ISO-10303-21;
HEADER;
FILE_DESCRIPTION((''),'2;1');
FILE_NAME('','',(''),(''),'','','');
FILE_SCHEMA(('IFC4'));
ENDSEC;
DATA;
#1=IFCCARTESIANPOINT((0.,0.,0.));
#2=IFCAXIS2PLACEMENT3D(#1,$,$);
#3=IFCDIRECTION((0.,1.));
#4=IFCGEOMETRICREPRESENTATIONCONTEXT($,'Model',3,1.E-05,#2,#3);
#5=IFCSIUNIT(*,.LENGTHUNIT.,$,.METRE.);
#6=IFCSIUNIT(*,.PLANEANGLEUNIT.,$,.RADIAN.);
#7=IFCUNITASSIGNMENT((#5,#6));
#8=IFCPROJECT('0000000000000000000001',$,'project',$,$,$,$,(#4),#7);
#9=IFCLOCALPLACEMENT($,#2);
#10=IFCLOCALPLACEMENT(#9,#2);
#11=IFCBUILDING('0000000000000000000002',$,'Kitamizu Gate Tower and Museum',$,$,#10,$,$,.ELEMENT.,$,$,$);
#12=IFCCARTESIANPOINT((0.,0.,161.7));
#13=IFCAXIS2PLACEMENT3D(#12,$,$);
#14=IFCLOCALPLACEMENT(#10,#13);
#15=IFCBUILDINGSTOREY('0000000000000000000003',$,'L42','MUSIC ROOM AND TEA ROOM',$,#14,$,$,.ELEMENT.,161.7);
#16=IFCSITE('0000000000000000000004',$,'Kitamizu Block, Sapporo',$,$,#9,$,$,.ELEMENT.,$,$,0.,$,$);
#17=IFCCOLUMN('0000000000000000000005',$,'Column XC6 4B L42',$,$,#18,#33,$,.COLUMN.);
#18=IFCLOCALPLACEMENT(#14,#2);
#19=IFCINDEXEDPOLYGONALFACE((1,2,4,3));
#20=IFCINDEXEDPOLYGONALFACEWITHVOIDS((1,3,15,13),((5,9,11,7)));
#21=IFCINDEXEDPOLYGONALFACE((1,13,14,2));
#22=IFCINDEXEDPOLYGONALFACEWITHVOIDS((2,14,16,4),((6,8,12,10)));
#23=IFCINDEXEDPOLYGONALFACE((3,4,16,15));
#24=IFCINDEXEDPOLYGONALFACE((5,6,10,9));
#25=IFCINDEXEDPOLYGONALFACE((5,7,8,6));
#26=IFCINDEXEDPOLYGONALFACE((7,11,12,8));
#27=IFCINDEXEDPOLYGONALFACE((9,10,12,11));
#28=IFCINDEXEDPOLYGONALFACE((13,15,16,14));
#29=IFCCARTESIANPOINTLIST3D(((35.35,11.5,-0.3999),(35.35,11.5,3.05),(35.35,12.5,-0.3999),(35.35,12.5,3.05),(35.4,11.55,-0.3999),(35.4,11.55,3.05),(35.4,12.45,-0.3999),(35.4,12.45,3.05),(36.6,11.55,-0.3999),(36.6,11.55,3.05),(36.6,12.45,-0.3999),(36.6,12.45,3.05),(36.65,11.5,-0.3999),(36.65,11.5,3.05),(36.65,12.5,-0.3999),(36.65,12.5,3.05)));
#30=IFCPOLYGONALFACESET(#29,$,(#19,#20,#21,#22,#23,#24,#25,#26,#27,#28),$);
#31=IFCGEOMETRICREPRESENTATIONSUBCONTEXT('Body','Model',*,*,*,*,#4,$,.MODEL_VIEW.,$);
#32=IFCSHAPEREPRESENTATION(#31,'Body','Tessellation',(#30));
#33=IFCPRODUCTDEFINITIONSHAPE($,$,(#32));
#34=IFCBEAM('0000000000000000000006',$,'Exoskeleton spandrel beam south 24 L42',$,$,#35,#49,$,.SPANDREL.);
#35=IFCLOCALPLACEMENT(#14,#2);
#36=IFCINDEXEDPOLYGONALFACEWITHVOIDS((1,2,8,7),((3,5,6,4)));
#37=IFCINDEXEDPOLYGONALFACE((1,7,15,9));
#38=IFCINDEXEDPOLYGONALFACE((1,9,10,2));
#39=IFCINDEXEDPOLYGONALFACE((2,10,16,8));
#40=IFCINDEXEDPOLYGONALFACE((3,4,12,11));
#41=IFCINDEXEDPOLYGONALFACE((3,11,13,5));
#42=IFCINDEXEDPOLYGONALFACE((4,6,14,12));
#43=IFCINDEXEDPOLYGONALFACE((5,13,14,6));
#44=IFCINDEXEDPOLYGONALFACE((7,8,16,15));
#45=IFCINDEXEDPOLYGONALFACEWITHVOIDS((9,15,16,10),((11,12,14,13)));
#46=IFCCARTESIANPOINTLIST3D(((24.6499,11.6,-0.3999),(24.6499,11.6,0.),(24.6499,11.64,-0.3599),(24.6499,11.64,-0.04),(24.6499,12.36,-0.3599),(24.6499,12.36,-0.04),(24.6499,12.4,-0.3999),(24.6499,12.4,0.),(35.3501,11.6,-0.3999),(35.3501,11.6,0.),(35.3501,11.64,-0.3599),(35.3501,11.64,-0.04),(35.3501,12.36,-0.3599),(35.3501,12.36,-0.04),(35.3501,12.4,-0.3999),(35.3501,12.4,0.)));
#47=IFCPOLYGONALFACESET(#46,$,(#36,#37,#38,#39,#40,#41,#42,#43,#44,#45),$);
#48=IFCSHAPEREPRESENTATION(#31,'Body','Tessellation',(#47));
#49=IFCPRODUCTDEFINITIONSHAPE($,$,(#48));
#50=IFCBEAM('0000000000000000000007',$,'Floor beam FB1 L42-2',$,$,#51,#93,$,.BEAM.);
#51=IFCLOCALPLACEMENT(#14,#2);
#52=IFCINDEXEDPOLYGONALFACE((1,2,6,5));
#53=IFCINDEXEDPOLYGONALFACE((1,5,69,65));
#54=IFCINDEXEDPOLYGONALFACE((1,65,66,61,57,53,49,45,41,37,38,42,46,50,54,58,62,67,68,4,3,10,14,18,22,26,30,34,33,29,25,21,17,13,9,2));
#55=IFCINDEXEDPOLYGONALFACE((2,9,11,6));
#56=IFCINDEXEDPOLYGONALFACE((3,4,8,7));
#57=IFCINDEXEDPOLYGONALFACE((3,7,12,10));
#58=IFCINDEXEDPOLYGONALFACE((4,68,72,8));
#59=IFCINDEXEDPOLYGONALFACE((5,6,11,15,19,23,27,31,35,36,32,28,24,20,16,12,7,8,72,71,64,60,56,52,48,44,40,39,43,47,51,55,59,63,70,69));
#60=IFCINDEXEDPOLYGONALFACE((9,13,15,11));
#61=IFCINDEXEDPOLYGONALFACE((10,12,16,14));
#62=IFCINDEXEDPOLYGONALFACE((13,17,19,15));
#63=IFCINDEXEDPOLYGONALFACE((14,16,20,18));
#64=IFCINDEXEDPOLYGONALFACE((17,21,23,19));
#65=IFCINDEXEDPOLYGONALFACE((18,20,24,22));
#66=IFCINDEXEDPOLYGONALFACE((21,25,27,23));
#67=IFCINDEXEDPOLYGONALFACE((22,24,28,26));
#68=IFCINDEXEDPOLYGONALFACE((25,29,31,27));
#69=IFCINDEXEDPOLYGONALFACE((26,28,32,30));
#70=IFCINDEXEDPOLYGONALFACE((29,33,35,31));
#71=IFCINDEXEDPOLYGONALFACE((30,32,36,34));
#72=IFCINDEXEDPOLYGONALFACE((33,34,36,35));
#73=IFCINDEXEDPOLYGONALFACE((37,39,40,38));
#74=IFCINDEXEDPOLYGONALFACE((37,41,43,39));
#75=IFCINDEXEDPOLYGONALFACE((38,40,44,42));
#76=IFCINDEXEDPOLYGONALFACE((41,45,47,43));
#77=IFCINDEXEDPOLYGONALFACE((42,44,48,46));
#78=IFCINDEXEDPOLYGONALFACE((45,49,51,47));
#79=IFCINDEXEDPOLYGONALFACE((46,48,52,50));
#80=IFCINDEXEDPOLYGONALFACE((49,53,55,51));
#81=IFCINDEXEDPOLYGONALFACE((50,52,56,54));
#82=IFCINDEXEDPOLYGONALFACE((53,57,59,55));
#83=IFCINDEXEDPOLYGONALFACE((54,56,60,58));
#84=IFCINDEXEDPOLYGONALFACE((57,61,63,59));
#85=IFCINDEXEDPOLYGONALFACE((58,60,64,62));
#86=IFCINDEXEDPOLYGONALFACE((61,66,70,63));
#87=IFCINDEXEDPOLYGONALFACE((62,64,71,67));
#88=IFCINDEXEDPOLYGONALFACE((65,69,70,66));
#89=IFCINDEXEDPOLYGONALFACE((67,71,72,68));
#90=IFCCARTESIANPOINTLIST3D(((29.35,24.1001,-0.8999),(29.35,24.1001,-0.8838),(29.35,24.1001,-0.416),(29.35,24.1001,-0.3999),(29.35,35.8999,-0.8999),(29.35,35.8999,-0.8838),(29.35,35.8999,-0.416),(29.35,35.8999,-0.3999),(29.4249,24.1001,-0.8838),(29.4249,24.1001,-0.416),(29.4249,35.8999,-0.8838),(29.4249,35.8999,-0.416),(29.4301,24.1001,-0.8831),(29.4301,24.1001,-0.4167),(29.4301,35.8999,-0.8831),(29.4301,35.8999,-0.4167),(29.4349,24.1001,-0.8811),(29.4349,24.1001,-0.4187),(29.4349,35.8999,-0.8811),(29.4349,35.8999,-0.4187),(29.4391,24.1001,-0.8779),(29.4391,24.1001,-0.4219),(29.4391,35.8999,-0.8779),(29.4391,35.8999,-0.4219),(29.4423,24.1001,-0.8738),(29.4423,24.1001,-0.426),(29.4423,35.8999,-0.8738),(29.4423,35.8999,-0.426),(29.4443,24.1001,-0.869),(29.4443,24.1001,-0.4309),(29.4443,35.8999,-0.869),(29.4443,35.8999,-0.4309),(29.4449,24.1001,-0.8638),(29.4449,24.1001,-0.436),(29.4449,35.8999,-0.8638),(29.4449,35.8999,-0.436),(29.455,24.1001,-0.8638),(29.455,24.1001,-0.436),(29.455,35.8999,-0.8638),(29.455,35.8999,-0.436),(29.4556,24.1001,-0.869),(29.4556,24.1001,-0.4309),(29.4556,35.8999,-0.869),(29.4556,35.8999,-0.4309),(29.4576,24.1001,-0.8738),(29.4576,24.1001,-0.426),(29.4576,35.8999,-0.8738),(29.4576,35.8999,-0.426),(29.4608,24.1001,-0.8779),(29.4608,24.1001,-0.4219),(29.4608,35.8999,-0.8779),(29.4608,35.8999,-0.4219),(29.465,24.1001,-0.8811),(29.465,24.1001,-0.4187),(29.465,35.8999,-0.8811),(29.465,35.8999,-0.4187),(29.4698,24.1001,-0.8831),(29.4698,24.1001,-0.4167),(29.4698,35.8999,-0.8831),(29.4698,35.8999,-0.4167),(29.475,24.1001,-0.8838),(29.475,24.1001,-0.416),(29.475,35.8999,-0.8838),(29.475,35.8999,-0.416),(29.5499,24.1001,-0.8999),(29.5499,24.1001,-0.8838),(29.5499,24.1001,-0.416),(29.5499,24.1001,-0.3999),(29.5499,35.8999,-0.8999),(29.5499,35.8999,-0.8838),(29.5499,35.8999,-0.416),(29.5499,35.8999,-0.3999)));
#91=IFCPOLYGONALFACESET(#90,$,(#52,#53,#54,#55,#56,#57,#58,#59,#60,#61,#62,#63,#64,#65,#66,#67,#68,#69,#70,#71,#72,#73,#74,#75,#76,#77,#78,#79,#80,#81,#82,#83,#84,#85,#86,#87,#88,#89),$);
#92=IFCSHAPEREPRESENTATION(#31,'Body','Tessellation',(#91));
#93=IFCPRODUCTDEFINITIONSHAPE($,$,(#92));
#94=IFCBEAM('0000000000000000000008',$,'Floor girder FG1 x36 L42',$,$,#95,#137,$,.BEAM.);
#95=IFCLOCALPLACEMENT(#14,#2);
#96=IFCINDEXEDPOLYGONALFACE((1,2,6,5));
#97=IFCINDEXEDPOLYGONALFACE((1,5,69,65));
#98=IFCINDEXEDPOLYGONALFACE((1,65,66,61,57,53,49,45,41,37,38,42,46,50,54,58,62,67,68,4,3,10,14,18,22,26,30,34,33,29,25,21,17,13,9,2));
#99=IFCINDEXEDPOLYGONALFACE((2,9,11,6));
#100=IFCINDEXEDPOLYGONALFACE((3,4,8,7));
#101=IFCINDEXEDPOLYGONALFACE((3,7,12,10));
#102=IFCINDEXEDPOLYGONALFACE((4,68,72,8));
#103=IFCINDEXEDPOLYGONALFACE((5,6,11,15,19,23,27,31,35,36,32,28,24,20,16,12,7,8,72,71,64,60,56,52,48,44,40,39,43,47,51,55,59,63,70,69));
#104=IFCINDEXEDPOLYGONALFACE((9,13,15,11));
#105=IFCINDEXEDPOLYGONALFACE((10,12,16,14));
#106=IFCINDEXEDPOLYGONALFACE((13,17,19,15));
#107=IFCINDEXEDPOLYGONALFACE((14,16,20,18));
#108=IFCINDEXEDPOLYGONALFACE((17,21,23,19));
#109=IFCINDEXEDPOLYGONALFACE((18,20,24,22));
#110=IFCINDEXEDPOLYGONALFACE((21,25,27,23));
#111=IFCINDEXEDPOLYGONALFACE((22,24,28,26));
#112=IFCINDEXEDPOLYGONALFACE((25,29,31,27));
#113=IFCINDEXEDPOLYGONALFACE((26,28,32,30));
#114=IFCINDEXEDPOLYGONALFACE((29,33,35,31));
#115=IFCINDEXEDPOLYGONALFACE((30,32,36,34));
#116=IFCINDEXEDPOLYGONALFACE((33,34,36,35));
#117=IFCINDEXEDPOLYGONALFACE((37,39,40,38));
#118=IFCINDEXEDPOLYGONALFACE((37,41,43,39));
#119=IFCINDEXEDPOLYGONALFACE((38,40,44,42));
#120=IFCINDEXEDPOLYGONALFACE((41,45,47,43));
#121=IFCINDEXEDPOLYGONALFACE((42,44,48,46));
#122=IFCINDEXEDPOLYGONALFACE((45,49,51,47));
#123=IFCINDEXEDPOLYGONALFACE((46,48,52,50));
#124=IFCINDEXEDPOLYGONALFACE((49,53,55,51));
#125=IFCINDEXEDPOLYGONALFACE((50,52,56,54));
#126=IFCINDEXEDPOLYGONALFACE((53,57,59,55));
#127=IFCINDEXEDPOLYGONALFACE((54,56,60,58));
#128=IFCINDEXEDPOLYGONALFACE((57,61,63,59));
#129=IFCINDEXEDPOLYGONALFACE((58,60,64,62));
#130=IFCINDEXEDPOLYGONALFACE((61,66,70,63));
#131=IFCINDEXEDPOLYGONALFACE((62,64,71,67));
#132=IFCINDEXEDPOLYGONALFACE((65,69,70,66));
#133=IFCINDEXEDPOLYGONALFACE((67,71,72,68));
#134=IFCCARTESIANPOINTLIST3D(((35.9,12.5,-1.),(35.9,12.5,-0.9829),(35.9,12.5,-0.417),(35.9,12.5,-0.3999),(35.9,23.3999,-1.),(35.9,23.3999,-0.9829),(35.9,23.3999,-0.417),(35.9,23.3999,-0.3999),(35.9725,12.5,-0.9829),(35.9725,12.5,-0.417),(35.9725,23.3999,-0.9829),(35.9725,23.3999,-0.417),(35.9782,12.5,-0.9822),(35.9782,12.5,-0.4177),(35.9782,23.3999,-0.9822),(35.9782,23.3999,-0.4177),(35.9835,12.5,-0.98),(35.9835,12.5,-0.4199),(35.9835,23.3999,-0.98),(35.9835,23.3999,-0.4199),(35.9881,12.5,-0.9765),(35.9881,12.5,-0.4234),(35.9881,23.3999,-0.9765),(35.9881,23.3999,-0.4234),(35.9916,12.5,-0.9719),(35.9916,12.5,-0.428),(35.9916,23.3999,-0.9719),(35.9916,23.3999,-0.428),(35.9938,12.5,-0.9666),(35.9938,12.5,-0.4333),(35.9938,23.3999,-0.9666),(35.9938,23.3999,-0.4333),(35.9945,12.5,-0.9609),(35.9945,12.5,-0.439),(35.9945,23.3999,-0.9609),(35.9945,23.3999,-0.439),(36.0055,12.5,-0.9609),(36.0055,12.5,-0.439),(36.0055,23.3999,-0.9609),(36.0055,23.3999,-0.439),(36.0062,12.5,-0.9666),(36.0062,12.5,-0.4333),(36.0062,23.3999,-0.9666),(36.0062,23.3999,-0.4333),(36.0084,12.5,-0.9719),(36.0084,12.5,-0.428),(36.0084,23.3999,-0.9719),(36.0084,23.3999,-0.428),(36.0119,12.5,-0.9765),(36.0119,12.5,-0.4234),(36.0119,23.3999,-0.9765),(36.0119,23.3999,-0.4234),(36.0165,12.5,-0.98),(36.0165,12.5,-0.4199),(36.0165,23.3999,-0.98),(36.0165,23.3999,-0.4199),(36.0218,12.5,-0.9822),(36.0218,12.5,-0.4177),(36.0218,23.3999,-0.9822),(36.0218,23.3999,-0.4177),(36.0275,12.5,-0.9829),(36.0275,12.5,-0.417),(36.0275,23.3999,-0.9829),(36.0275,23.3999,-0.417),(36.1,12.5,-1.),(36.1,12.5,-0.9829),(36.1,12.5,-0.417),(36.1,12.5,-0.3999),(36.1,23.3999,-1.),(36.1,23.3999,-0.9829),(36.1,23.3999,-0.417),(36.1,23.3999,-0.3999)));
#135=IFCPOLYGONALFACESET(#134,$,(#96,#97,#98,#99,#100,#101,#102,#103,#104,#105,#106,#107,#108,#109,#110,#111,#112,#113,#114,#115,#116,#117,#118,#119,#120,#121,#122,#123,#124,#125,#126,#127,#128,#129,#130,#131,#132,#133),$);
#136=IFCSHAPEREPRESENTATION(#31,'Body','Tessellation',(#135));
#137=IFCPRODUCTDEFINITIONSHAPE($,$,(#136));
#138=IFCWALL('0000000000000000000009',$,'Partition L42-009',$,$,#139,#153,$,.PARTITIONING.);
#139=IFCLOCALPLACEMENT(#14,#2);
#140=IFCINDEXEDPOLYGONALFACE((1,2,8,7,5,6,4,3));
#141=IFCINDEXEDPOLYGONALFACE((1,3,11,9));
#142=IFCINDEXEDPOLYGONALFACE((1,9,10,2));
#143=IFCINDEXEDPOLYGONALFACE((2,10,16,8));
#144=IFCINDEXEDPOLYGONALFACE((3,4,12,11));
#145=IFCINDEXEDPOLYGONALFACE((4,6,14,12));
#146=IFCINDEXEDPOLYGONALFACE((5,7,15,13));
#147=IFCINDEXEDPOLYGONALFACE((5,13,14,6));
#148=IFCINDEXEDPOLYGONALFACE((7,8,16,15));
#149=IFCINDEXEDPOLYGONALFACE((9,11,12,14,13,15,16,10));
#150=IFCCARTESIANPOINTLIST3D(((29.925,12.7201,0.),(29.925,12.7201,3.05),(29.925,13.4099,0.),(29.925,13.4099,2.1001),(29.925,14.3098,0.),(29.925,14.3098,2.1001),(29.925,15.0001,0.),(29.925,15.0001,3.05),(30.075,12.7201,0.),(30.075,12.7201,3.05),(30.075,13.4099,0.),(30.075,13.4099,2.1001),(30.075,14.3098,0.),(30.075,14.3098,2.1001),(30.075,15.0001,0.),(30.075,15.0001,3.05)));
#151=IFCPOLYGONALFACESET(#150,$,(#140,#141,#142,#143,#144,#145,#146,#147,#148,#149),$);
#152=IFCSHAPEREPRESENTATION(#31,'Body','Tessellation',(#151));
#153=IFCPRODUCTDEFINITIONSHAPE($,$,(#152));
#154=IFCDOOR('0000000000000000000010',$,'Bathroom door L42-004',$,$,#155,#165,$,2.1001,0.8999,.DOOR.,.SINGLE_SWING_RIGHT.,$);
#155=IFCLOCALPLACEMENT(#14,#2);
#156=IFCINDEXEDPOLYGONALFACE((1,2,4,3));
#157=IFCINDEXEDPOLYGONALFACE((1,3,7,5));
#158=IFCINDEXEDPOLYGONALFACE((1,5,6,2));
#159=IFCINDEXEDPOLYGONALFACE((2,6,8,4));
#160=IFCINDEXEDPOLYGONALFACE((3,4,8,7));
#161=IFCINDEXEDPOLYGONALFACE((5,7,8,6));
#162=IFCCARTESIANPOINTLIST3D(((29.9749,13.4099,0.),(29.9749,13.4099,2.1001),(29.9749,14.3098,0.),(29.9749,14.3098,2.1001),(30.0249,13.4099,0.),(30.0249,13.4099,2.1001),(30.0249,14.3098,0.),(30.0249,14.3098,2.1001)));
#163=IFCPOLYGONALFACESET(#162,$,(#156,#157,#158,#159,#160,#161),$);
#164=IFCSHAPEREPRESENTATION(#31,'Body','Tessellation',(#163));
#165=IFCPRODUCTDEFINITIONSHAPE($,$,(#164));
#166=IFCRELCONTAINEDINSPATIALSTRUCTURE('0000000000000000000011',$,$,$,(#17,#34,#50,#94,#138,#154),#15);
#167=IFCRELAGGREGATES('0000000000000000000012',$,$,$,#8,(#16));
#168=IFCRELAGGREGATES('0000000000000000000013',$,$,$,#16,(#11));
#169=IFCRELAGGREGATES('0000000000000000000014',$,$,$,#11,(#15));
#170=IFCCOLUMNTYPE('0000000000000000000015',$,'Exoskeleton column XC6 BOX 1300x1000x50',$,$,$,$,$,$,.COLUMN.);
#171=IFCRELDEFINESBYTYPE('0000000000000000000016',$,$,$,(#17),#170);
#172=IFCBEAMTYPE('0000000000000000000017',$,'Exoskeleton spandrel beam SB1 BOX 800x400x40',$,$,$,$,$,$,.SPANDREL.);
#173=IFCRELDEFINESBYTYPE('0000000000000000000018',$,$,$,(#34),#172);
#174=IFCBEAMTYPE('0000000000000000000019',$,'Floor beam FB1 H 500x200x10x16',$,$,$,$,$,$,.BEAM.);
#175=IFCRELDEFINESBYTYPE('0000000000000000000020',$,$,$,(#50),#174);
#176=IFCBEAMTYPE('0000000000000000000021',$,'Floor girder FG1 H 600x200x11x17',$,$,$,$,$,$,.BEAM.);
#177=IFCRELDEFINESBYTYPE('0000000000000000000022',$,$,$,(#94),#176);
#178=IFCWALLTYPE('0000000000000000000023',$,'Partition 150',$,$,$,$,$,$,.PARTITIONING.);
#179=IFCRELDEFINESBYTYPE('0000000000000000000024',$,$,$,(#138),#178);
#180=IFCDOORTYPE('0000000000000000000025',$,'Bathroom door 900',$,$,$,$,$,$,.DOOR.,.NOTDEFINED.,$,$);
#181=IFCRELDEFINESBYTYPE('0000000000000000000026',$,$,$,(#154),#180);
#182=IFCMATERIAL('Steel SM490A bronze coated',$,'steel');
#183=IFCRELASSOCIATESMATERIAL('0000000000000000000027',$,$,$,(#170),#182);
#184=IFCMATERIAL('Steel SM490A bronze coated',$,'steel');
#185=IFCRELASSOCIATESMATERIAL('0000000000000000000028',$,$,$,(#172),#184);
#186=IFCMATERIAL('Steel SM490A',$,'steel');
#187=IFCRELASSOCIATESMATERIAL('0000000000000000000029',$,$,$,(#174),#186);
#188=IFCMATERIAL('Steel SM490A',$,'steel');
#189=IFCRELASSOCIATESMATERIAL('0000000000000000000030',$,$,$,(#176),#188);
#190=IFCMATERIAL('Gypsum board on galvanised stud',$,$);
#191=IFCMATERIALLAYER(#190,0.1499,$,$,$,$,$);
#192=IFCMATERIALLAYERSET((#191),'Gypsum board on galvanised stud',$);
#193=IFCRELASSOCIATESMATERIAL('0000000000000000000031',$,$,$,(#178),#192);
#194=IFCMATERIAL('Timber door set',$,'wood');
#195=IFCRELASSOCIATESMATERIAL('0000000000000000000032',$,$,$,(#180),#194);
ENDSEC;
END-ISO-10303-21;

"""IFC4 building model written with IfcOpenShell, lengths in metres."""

from ifc_helpers import new_model, si_unit, direction, frame, frame_2d, origin, origin_2d, place, context, subcontext, project, spatial, rectangle, hollow_rectangle, i_section, extrude, material, layer, layer_set, material_profile, profile_set, type_object, element, fill, save


model = new_model("IFC4")

# Units and contexts
model_context = context("Model", 3, precision=1e-05, world=origin(), true_north=direction((0.0, 1.0)))
body_context = subcontext(model_context, "Body", "Model", "MODEL_VIEW")
ifc_project = project(units=[si_unit("LENGTHUNIT", "METRE"), si_unit("PLANEANGLEUNIT", "RADIAN")], contexts=[model_context])

# Site, building, storey
site_placement = place(None, origin())
site = spatial("IfcSite", under=ifc_project, at=site_placement, Name="Kitamizu Block, Sapporo", CompositionType="ELEMENT", RefElevation=0.0)
building_placement = place(site_placement, origin())
building = spatial("IfcBuilding", under=site, at=building_placement, Name="Kitamizu Gate Tower and Museum", CompositionType="ELEMENT")
storey_placement = place(building_placement, frame((0.0, 0.0, 161.7)))
storey = spatial("IfcBuildingStorey", under=building, at=storey_placement, Name="L42", Description="MUSIC ROOM AND TEA ROOM", CompositionType="ELEMENT", Elevation=161.7)

# Column
ifc_material_1 = material(Name="Steel SM490A bronze coated", Category="steel")
ifc_material_profile_1 = material_profile(ifc_material_1, hollow_rectangle(XDim=1.3, YDim=1.0, WallThickness=0.05, at=origin_2d()), Name="BOX 1300x1000x50")
ifc_profile_set_1 = profile_set([ifc_material_profile_1], Name="Steel SM490A bronze coated")
column_type = type_object("IfcColumnType", Name="Exoskeleton column XC6 BOX 1300x1000x50", PredefinedType="COLUMN", material=ifc_profile_set_1)
column_placement = place(storey_placement, frame((36.0, 12.0, -0.3999), z_axis=(0.0, 0.0, 1.0), x_axis=(1.0, 0.0, 0.0)))
element("IfcColumn", 1, at=column_placement, inside=storey, type_object=column_type, Name="Column XC6 4B L42", PredefinedType="COLUMN", context=body_context, shape_type="SweptSolid", body=[
    extrude(hollow_rectangle(XDim=1.3, YDim=1.0, WallThickness=0.05, at=origin_2d()), origin(), (0.0, 0.0, 1.0), 3.45),
])

# Beams
ifc_material_2 = material(Name="Steel SM490A bronze coated", Category="steel")
ifc_material_profile_2 = material_profile(ifc_material_2, hollow_rectangle(XDim=0.8, YDim=0.3999, WallThickness=0.04, at=origin_2d()), Name="BOX 800x400x40")
ifc_profile_set_2 = profile_set([ifc_material_profile_2], Name="Steel SM490A bronze coated")
beam_type_1 = type_object("IfcBeamType", Name="Exoskeleton spandrel beam SB1 BOX 800x400x40", PredefinedType="SPANDREL", material=ifc_profile_set_2)
beam_1_placement = place(storey_placement, frame((24.6499, 12.0, -0.2), z_axis=(1.0, 0.0, 0.0), x_axis=(0.0, 1.0, 0.0)))
element("IfcBeam", 2, at=beam_1_placement, inside=storey, type_object=beam_type_1, Name="Exoskeleton spandrel beam south 24 L42", PredefinedType="SPANDREL", context=body_context, shape_type="SweptSolid", body=[
    extrude(hollow_rectangle(XDim=0.8, YDim=0.3999, WallThickness=0.04, at=origin_2d()), origin(), (0.0, 0.0, 1.0), 10.7002),
])
ifc_material_3 = material(Name="Steel SM490A", Category="steel")
ifc_material_profile_3 = material_profile(ifc_material_3, i_section(OverallWidth=0.2, OverallDepth=0.5, WebThickness=0.01, FlangeThickness=0.0161, FilletRadius=0.02, at=origin_2d()), Name="H-500x200x10x16")
ifc_profile_set_3 = profile_set([ifc_material_profile_3], Name="Steel SM490A")
beam_type_2 = type_object("IfcBeamType", Name="Floor beam FB1 H 500x200x10x16", PredefinedType="BEAM", material=ifc_profile_set_3)
beam_2_placement = place(storey_placement, frame((29.45, 24.1001, -0.6499), z_axis=(0.0, 1.0, 0.0), x_axis=(-1.0, 0.0, 0.0)))
element("IfcBeam", 3, at=beam_2_placement, inside=storey, type_object=beam_type_2, Name="Floor beam FB1 L42-2", PredefinedType="BEAM", context=body_context, shape_type="SweptSolid", body=[
    extrude(i_section(OverallWidth=0.2, OverallDepth=0.5, WebThickness=0.01, FlangeThickness=0.0161, FilletRadius=0.02, at=origin_2d()), origin(), (0.0, 0.0, 1.0), 11.7998),
])
ifc_material_4 = material(Name="Steel SM490A", Category="steel")
ifc_material_profile_4 = material_profile(ifc_material_4, i_section(OverallWidth=0.2, OverallDepth=0.6001, WebThickness=0.011, FlangeThickness=0.0171, FilletRadius=0.022, at=origin_2d()), Name="H-600x200x11x17")
ifc_profile_set_4 = profile_set([ifc_material_profile_4], Name="Steel SM490A")
beam_type_3 = type_object("IfcBeamType", Name="Floor girder FG1 H 600x200x11x17", PredefinedType="BEAM", material=ifc_profile_set_4)
beam_3_placement = place(storey_placement, frame((36.0, 12.5, -0.7), z_axis=(0.0, 1.0, 0.0), x_axis=(-1.0, 0.0, 0.0)))
element("IfcBeam", 4, at=beam_3_placement, inside=storey, type_object=beam_type_3, Name="Floor girder FG1 x36 L42", PredefinedType="BEAM", context=body_context, shape_type="SweptSolid", body=[
    extrude(i_section(OverallWidth=0.2, OverallDepth=0.6001, WebThickness=0.011, FlangeThickness=0.0171, FilletRadius=0.022, at=origin_2d()), origin(), (0.0, 0.0, 1.0), 10.8999),
])

# Wall, opening, door
ifc_material_5 = material(Name="Gypsum board on galvanised stud")
ifc_layer_1 = layer(ifc_material_5, 0.1499)
ifc_layer_set_1 = layer_set([ifc_layer_1], Name="Gypsum board on galvanised stud")
wall_type_1 = type_object("IfcWallType", Name="Partition 150", PredefinedType="PARTITIONING", material=ifc_layer_set_1)
wall_1_placement = place(storey_placement, frame((30.0, 12.72, 0.0), z_axis=(0.0, 0.0, 1.0), x_axis=(0.0, 1.0, 0.0)))
wall_1 = element("IfcWall", 5, at=wall_1_placement, inside=storey, type_object=wall_type_1, Name="Partition L42-009", PredefinedType="PARTITIONING", context=body_context, shape_type="SweptSolid", body=[
    extrude(rectangle(XDim=2.28, YDim=0.1499, at=frame_2d((1.1401, 0.0))), origin(), (0.0, 0.0, 1.0), 3.05),
])
opening_1_placement = place(wall_1_placement, frame((0.6899, 0.0, 0.0)))
opening_1 = element("IfcOpeningElement", 6, at=opening_1_placement, cuts=wall_1, PredefinedType="OPENING", context=body_context, shape_type="SweptSolid", body=[
    extrude(rectangle(XDim=0.8999, YDim=2.1001, at=frame_2d((0.45, 1.05))), frame((0.0, 0.085, 0.0), z_axis=(0.0, -1.0, 0.0), x_axis=(1.0, 0.0, 0.0)), (0.0, 0.0, 1.0), 0.1699),
])
ifc_material_6 = material(Name="Timber door set", Category="wood")
door_type_1 = type_object("IfcDoorType", Name="Bathroom door 900", OperationType="NOTDEFINED", PredefinedType="DOOR", material=ifc_material_6)
door_1_placement = place(opening_1_placement, frame((0.8999, 0.0, 0.0), x_axis=(-1.0, 0.0, 0.0)))
door_1 = element("IfcDoor", 7, at=door_1_placement, inside=storey, type_object=door_type_1, Name="Bathroom door L42-004", OperationType="SINGLE_SWING_RIGHT", OverallHeight=2.1001, OverallWidth=0.8999, PredefinedType="DOOR", context=body_context, shape_type="SweptSolid", body=[
    extrude(rectangle(XDim=0.8999, YDim=2.1001, at=frame_2d((0.45, 1.05))), frame((0.0, 0.0249, 0.0), z_axis=(0.0, -1.0, 0.0), x_axis=(1.0, 0.0, 0.0)), (0.0, 0.0, 1.0), 0.05),
])
fill(opening_1, door_1)

save(model, "model.ifc")
